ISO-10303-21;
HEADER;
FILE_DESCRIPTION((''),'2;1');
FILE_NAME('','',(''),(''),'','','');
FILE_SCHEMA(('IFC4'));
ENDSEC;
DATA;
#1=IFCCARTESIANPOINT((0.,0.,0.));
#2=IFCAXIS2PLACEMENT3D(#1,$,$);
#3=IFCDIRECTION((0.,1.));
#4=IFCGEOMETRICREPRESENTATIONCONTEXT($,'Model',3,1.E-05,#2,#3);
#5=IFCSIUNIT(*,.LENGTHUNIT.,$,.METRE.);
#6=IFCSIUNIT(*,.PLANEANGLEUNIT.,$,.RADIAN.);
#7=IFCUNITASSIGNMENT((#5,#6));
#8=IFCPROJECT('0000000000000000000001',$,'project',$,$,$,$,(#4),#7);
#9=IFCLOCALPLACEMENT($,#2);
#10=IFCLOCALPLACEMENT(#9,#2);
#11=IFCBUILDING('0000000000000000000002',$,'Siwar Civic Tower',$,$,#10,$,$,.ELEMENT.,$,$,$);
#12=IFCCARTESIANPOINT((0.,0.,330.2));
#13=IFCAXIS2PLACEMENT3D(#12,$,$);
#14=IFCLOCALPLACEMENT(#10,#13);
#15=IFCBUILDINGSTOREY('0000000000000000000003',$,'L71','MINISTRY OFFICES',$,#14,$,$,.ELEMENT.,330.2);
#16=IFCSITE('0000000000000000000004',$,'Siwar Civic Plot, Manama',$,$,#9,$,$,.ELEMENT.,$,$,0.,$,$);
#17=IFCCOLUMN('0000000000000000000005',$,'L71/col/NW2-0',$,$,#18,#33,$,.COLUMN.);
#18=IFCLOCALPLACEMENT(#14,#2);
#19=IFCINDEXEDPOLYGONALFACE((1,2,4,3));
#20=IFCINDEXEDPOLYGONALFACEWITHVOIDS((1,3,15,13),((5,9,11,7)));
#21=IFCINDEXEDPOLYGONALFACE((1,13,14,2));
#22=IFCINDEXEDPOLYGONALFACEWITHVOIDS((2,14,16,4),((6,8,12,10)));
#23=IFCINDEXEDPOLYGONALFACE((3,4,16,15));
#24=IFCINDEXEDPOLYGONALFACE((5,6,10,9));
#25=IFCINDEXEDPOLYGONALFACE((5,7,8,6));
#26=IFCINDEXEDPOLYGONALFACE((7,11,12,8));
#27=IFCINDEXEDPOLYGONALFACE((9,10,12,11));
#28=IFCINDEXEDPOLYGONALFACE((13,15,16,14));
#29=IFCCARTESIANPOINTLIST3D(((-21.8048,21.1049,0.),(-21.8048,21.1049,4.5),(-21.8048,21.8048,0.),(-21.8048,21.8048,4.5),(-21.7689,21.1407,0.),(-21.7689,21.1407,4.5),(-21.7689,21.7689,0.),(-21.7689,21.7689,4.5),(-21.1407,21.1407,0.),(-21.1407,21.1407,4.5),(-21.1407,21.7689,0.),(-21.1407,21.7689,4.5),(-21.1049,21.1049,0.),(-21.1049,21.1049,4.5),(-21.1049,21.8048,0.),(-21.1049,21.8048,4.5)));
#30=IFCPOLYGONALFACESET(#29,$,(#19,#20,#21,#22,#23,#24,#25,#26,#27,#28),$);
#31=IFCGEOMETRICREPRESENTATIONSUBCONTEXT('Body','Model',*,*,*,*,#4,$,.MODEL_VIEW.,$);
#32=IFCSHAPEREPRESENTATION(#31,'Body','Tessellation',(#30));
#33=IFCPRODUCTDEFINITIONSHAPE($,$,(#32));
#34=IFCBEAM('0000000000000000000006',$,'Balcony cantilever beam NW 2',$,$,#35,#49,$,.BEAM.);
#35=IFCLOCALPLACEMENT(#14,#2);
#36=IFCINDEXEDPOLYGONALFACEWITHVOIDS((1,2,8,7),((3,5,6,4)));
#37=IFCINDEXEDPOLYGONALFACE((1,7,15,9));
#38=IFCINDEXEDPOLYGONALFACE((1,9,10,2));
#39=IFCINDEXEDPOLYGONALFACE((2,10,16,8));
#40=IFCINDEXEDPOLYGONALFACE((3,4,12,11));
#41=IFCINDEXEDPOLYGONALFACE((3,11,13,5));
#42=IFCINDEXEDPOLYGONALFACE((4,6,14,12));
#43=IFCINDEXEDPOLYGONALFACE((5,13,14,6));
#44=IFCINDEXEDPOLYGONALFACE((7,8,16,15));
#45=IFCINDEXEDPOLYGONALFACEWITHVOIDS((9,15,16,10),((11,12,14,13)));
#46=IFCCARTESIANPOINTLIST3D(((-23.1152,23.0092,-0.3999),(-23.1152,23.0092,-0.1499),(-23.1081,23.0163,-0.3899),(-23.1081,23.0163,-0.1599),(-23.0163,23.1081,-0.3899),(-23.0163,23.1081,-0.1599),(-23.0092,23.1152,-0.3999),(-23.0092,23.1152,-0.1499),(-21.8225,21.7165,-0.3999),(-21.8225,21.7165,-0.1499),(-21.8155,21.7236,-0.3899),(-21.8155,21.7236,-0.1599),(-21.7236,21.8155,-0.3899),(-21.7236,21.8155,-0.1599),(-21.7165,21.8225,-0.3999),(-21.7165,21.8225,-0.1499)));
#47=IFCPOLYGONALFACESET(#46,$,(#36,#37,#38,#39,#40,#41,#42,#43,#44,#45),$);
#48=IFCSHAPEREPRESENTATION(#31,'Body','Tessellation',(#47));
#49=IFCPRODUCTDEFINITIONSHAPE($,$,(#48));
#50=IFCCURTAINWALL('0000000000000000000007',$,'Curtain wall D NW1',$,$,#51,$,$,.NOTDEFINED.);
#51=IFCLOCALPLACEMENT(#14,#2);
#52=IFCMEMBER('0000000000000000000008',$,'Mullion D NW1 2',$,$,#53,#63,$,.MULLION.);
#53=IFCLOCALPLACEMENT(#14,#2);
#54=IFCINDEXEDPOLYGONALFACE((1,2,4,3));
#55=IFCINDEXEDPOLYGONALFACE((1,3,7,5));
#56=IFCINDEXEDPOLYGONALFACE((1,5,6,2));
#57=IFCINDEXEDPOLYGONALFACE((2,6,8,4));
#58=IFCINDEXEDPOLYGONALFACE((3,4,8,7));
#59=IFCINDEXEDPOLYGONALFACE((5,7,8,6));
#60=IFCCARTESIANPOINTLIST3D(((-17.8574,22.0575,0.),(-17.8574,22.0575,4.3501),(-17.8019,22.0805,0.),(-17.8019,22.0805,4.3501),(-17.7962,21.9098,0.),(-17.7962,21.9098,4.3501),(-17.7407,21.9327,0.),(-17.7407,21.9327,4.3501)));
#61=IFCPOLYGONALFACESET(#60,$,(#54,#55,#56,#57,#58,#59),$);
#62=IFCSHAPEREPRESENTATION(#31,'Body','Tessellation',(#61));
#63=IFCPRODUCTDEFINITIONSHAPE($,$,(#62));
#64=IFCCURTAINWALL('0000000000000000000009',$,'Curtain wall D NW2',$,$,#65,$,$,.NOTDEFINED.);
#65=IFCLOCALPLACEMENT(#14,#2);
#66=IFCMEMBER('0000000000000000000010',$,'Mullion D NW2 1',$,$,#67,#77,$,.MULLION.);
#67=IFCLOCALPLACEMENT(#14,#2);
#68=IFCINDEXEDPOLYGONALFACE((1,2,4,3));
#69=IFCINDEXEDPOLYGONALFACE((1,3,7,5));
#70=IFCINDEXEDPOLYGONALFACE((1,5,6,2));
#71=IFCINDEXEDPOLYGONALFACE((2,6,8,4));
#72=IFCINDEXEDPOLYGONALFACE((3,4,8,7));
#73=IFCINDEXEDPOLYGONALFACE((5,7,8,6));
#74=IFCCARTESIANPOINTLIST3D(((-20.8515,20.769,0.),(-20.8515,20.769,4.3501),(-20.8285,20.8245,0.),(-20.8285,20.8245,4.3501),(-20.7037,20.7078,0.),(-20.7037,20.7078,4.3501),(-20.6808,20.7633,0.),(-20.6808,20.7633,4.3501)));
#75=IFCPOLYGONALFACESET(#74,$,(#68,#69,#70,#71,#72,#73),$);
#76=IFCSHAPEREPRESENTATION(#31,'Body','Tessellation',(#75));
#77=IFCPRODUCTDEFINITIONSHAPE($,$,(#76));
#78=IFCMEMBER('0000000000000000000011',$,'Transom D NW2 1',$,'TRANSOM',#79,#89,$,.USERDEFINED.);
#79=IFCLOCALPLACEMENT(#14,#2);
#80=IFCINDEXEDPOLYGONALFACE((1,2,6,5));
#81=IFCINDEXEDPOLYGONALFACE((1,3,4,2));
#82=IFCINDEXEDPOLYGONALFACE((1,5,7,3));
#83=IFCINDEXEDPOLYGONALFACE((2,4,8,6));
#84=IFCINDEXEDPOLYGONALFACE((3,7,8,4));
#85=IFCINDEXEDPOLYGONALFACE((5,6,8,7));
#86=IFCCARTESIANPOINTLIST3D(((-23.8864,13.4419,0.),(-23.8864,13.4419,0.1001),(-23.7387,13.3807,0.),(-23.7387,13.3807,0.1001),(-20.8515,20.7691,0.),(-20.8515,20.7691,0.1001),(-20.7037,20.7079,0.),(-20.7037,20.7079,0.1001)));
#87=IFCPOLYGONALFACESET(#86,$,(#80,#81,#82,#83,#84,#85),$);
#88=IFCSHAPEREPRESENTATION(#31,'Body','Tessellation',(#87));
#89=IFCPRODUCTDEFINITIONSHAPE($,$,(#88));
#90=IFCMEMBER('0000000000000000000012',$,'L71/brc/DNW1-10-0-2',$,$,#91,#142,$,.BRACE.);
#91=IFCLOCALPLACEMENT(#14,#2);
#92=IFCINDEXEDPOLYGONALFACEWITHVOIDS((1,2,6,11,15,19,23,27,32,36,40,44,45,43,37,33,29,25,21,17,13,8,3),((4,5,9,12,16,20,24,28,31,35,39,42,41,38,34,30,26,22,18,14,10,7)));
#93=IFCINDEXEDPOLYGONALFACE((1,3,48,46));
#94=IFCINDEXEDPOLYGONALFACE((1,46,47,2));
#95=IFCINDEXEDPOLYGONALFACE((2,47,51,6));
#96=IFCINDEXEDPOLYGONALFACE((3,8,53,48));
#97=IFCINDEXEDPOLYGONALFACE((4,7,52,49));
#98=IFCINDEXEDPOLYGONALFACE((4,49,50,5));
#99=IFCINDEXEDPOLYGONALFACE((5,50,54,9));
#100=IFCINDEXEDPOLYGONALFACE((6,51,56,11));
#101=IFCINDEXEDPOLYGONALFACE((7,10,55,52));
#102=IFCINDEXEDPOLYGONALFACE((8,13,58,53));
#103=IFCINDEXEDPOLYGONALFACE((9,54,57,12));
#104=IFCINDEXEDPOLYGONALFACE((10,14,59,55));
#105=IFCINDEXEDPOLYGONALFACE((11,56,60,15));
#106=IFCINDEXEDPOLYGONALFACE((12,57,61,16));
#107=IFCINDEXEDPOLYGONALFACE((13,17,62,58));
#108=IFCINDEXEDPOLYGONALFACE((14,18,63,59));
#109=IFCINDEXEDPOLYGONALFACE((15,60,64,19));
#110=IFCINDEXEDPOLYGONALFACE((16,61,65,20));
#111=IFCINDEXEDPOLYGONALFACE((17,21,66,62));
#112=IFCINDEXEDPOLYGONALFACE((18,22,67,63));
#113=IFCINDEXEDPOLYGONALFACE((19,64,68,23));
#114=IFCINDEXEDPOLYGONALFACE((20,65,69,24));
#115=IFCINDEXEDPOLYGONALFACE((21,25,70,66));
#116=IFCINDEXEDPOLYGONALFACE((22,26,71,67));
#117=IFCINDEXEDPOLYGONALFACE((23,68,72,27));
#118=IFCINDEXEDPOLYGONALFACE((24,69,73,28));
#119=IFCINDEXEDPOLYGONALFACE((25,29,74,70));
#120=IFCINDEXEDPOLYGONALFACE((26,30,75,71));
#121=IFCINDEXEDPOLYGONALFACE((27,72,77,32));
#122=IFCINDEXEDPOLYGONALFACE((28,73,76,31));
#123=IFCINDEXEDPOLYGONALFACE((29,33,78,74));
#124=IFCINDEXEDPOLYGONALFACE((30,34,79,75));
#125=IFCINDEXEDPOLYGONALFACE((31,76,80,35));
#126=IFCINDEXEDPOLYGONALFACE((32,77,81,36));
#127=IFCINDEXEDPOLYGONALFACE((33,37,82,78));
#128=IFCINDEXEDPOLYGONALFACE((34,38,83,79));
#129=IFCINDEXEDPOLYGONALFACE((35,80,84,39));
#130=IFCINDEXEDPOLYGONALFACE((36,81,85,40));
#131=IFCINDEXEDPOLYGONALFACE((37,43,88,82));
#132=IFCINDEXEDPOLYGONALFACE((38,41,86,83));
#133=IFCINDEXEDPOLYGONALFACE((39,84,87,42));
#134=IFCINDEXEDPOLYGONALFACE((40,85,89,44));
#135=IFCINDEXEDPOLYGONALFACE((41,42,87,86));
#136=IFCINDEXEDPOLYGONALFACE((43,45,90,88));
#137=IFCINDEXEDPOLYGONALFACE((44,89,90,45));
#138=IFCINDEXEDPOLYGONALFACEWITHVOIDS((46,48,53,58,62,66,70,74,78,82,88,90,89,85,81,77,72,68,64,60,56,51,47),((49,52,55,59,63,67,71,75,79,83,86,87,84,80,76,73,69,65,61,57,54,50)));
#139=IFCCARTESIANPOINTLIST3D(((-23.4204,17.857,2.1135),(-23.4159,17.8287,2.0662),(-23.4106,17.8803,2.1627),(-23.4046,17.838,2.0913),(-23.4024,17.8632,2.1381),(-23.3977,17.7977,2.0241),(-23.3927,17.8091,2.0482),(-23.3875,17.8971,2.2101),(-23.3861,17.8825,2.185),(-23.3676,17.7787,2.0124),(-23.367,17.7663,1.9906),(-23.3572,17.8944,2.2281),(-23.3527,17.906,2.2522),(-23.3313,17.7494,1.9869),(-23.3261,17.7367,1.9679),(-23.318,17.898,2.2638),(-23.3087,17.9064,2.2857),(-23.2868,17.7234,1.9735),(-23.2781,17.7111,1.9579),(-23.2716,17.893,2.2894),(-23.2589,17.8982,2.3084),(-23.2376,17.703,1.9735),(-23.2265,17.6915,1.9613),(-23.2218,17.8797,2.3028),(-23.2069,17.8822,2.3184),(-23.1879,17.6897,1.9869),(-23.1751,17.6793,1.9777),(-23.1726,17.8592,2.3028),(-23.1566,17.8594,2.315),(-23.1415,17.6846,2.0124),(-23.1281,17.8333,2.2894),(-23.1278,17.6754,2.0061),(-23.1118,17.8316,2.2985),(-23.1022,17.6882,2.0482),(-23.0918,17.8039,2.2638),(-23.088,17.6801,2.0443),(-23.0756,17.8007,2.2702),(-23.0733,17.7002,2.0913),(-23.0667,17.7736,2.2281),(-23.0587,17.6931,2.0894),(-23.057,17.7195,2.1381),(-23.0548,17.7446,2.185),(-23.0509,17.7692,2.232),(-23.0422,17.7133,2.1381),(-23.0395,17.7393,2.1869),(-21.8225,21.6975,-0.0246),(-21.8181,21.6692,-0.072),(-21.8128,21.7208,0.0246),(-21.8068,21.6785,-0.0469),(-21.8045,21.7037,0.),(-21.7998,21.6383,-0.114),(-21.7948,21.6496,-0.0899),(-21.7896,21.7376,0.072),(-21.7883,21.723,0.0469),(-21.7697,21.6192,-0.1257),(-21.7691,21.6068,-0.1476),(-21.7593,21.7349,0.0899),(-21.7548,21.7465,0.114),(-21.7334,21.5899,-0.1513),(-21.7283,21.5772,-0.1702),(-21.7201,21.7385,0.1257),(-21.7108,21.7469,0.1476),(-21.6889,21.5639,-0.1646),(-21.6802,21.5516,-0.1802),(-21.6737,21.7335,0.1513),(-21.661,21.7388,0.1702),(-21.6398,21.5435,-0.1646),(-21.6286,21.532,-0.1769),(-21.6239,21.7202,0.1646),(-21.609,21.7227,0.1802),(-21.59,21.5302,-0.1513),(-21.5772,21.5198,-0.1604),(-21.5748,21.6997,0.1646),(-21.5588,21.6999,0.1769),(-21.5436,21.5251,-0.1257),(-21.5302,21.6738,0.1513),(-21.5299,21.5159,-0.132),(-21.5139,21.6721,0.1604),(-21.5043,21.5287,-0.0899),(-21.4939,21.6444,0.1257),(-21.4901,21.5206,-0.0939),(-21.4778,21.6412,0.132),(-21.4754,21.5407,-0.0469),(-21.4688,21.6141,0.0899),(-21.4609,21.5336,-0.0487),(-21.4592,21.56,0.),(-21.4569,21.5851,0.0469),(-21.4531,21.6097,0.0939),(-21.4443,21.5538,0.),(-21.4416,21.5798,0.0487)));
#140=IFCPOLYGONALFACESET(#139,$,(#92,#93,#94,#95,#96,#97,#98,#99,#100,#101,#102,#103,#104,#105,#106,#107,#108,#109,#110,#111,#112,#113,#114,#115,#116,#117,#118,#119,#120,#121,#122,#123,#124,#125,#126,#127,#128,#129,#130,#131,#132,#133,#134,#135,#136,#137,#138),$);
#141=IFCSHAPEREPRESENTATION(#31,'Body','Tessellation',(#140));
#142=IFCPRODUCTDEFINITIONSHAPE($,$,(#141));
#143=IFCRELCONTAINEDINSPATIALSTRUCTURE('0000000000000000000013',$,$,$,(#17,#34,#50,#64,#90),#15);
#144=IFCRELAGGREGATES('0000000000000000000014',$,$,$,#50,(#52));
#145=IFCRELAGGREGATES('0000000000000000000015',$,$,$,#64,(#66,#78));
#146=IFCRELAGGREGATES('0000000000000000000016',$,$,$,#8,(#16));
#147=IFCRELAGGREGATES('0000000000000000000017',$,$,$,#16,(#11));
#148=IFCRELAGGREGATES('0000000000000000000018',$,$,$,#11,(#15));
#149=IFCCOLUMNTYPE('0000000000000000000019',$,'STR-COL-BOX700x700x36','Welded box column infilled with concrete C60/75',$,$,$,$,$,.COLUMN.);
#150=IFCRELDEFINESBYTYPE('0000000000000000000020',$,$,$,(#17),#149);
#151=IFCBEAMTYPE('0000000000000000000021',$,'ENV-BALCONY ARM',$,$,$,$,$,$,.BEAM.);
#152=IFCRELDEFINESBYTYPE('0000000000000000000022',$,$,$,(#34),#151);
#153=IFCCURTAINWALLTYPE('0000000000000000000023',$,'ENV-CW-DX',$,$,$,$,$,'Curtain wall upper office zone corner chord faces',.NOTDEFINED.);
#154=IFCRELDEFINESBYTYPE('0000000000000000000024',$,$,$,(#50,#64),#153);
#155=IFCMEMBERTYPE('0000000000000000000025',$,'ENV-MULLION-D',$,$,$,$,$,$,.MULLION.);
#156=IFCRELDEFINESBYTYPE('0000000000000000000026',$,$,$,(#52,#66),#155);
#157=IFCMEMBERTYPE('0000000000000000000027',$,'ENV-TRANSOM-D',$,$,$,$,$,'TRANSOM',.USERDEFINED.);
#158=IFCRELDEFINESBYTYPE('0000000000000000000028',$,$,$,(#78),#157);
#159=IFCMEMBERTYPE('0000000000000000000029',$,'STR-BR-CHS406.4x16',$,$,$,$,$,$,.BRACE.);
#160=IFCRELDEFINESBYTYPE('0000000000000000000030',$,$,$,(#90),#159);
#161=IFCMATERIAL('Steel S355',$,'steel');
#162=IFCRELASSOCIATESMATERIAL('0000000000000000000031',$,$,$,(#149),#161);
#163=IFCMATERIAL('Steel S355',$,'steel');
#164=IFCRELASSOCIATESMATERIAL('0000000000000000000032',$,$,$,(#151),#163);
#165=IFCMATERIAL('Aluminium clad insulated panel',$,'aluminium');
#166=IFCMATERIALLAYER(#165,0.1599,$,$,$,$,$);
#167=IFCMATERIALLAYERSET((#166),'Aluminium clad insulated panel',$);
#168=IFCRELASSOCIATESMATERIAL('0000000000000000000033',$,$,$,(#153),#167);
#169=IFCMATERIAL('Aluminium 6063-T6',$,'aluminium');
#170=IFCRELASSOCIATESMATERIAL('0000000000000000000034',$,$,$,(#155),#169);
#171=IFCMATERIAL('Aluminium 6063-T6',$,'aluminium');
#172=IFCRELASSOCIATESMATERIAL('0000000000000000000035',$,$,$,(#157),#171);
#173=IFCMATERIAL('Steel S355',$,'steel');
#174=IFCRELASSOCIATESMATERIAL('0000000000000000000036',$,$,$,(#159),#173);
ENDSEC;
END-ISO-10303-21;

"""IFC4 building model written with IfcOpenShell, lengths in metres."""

from ifc_helpers import new_model, si_unit, direction, frame, origin, origin_2d, place, context, subcontext, project, spatial, rectangle, hollow_rectangle, hollow_circle, extrude, material, layer, layer_set, material_profile, profile_set, type_object, element, aggregate, save


model = new_model("IFC4")

# Units and contexts
model_context = context("Model", 3, precision=1e-05, world=origin(), true_north=direction((0.0, 1.0)))
body_context = subcontext(model_context, "Body", "Model", "MODEL_VIEW")
ifc_project = project(units=[si_unit("LENGTHUNIT", "METRE"), si_unit("PLANEANGLEUNIT", "RADIAN")], contexts=[model_context])

# Site, building, storey
site_placement = place(None, origin())
site = spatial("IfcSite", under=ifc_project, at=site_placement, Name="Siwar Civic Plot, Manama", CompositionType="ELEMENT", RefElevation=0.0)
building_placement = place(site_placement, origin())
building = spatial("IfcBuilding", under=site, at=building_placement, Name="Siwar Civic Tower", CompositionType="ELEMENT")
storey_placement = place(building_placement, frame((0.0, 0.0, 330.2)))
storey = spatial("IfcBuildingStorey", under=building, at=storey_placement, Name="L71", Description="MINISTRY OFFICES", CompositionType="ELEMENT", Elevation=330.2)

# Column
ifc_material_1 = material(Name="Steel S355", Category="steel")
ifc_material_profile_1 = material_profile(ifc_material_1, hollow_rectangle(XDim=0.7, YDim=0.7, WallThickness=0.0359, at=origin_2d()), Name="BOX700x700x36")
ifc_profile_set_1 = profile_set([ifc_material_profile_1], Name="Steel S355")
column_type = type_object("IfcColumnType", Name="STR-COL-BOX700x700x36", Description="Welded box column infilled with concrete C60/75", PredefinedType="COLUMN", material=ifc_profile_set_1)
column_placement = place(storey_placement, frame((-21.4548, 21.4548, 0.0), z_axis=(0.0, 0.0, 1.0), x_axis=(1.0, 0.0, 0.0)))
element("IfcColumn", 1, at=column_placement, inside=storey, type_object=column_type, Name="L71/col/NW2-0", PredefinedType="COLUMN", context=body_context, shape_type="SweptSolid", body=[
    extrude(hollow_rectangle(XDim=0.7, YDim=0.7, WallThickness=0.0359, at=origin_2d()), origin(), (0.0, 0.0, 1.0), 4.5),
])

# Beam
ifc_material_2 = material(Name="Steel S355", Category="steel")
ifc_material_profile_2 = material_profile(ifc_material_2, hollow_rectangle(XDim=0.1499, YDim=0.25, WallThickness=0.01, at=origin_2d()), Name="RHS250x150x10")
ifc_profile_set_2 = profile_set([ifc_material_profile_2], Name="Steel S355")
beam_type_1 = type_object("IfcBeamType", Name="ENV-BALCONY ARM", PredefinedType="BEAM", material=ifc_profile_set_2)
beam_1_placement = place(storey_placement, frame((-21.7695, 21.7695, -0.2749), z_axis=(-0.707107, 0.707107, 0.0), x_axis=(-0.707107, -0.707107, 0.0)))
element("IfcBeam", 2, at=beam_1_placement, inside=storey, type_object=beam_type_1, Name="Balcony cantilever beam NW 2", PredefinedType="BEAM", context=body_context, shape_type="SweptSolid", body=[
    extrude(hollow_rectangle(XDim=0.1499, YDim=0.25, WallThickness=0.01, at=origin_2d()), origin(), (0.0, 0.0, 1.0), 1.8281),
])

# Curtain wall, member
ifc_material_3 = material(Name="Aluminium clad insulated panel", Category="aluminium")
ifc_layer_1 = layer(ifc_material_3, 0.1599)
ifc_layer_set_1 = layer_set([ifc_layer_1], Name="Aluminium clad insulated panel")
curtain_wall_type = type_object("IfcCurtainWallType", Name="ENV-CW-DX", ElementType="Curtain wall upper office zone corner chord faces", PredefinedType="NOTDEFINED", material=ifc_layer_set_1)
curtain_wall_1_placement = place(storey_placement, origin())
curtain_wall_1 = element("IfcCurtainWall", 3, at=curtain_wall_1_placement, inside=storey, type_object=curtain_wall_type, Name="Curtain wall D NW1", PredefinedType="NOTDEFINED")
ifc_material_4 = material(Name="Aluminium 6063-T6", Category="aluminium")
ifc_material_profile_3 = material_profile(ifc_material_4, rectangle(XDim=0.1599, YDim=0.0601, at=origin_2d()), Name="AL 160x60")
ifc_profile_set_3 = profile_set([ifc_material_profile_3], Name="Aluminium 6063-T6")
member_type_1 = type_object("IfcMemberType", Name="ENV-MULLION-D", PredefinedType="MULLION", material=ifc_profile_set_3)
member_1_placement = place(storey_placement, frame((-17.7991, 21.9951, 0.0), z_axis=(0.0, 0.0, 1.0), x_axis=(0.382683, -0.92388, 0.0)))
member_1 = element("IfcMember", 4, at=member_1_placement, type_object=member_type_1, Name="Mullion D NW1 2", PredefinedType="MULLION", context=body_context, shape_type="SweptSolid", body=[
    extrude(rectangle(XDim=0.1599, YDim=0.0601, at=origin_2d()), origin(), (0.0, 0.0, 1.0), 4.3501),
])

# Curtain wall, members
curtain_wall_2_placement = place(storey_placement, origin())
curtain_wall_2 = element("IfcCurtainWall", 5, at=curtain_wall_2_placement, inside=storey, type_object=curtain_wall_type, Name="Curtain wall D NW2", PredefinedType="NOTDEFINED")
member_2_placement = place(storey_placement, frame((-20.7661, 20.7661, 0.0), z_axis=(0.0, 0.0, 1.0), x_axis=(0.92388, -0.382683, 0.0)))
member_2 = element("IfcMember", 6, at=member_2_placement, type_object=member_type_1, Name="Mullion D NW2 1", PredefinedType="MULLION", context=body_context, shape_type="SweptSolid", body=[
    extrude(rectangle(XDim=0.1599, YDim=0.0601, at=origin_2d()), origin(), (0.0, 0.0, 1.0), 4.3501),
])
ifc_material_5 = material(Name="Aluminium 6063-T6", Category="aluminium")
ifc_material_profile_4 = material_profile(ifc_material_5, rectangle(XDim=0.1599, YDim=0.1001, at=origin_2d()), Name="AL 160x100")
ifc_profile_set_4 = profile_set([ifc_material_profile_4], Name="Aluminium 6063-T6")
member_type_2 = type_object("IfcMemberType", Name="ENV-TRANSOM-D", ElementType="TRANSOM", PredefinedType="USERDEFINED", material=ifc_profile_set_4)
member_3_placement = place(storey_placement, frame((-20.7776, 20.7385, 0.05), z_axis=(-0.382674, -0.923884, 0.0), x_axis=(0.923884, -0.382674, 0.0)))
member_3 = element("IfcMember", 7, at=member_3_placement, type_object=member_type_2, Name="Transom D NW2 1", ObjectType="TRANSOM", PredefinedType="USERDEFINED", context=body_context, shape_type="SweptSolid", body=[
    extrude(rectangle(XDim=0.1599, YDim=0.1001, at=origin_2d()), origin(), (0.0, 0.0, 1.0), 7.9309),
])

# Member
ifc_material_6 = material(Name="Steel S355", Category="steel")
ifc_material_profile_5 = material_profile(ifc_material_6, hollow_circle(Radius=0.2031, WallThickness=0.0161, at=origin_2d()), Name="CHS406.4x16")
ifc_profile_set_5 = profile_set([ifc_material_profile_5], Name="Steel S355")
member_type_3 = type_object("IfcMemberType", Name="STR-BR-CHS406.4x16", PredefinedType="BRACE", material=ifc_profile_set_5)
member_4_placement = place(storey_placement, frame((-21.6318, 21.6318, 0.0), z_axis=(-0.341644, -0.821147, 0.457161), x_axis=(0.923276, -0.384136, 0.0)))
element("IfcMember", 8, at=member_4_placement, inside=storey, type_object=member_type_3, Name="L71/brc/DNW1-10-0-2", PredefinedType="BRACE", context=body_context, shape_type="SweptSolid", body=[
    extrude(hollow_circle(Radius=0.2031, WallThickness=0.0161, at=origin_2d()), origin(), (0.0, 0.0, 1.0), 4.677),
])

aggregate(curtain_wall_1, [member_1])
aggregate(curtain_wall_2, [member_2, member_3])

save(model, "model.ifc")
